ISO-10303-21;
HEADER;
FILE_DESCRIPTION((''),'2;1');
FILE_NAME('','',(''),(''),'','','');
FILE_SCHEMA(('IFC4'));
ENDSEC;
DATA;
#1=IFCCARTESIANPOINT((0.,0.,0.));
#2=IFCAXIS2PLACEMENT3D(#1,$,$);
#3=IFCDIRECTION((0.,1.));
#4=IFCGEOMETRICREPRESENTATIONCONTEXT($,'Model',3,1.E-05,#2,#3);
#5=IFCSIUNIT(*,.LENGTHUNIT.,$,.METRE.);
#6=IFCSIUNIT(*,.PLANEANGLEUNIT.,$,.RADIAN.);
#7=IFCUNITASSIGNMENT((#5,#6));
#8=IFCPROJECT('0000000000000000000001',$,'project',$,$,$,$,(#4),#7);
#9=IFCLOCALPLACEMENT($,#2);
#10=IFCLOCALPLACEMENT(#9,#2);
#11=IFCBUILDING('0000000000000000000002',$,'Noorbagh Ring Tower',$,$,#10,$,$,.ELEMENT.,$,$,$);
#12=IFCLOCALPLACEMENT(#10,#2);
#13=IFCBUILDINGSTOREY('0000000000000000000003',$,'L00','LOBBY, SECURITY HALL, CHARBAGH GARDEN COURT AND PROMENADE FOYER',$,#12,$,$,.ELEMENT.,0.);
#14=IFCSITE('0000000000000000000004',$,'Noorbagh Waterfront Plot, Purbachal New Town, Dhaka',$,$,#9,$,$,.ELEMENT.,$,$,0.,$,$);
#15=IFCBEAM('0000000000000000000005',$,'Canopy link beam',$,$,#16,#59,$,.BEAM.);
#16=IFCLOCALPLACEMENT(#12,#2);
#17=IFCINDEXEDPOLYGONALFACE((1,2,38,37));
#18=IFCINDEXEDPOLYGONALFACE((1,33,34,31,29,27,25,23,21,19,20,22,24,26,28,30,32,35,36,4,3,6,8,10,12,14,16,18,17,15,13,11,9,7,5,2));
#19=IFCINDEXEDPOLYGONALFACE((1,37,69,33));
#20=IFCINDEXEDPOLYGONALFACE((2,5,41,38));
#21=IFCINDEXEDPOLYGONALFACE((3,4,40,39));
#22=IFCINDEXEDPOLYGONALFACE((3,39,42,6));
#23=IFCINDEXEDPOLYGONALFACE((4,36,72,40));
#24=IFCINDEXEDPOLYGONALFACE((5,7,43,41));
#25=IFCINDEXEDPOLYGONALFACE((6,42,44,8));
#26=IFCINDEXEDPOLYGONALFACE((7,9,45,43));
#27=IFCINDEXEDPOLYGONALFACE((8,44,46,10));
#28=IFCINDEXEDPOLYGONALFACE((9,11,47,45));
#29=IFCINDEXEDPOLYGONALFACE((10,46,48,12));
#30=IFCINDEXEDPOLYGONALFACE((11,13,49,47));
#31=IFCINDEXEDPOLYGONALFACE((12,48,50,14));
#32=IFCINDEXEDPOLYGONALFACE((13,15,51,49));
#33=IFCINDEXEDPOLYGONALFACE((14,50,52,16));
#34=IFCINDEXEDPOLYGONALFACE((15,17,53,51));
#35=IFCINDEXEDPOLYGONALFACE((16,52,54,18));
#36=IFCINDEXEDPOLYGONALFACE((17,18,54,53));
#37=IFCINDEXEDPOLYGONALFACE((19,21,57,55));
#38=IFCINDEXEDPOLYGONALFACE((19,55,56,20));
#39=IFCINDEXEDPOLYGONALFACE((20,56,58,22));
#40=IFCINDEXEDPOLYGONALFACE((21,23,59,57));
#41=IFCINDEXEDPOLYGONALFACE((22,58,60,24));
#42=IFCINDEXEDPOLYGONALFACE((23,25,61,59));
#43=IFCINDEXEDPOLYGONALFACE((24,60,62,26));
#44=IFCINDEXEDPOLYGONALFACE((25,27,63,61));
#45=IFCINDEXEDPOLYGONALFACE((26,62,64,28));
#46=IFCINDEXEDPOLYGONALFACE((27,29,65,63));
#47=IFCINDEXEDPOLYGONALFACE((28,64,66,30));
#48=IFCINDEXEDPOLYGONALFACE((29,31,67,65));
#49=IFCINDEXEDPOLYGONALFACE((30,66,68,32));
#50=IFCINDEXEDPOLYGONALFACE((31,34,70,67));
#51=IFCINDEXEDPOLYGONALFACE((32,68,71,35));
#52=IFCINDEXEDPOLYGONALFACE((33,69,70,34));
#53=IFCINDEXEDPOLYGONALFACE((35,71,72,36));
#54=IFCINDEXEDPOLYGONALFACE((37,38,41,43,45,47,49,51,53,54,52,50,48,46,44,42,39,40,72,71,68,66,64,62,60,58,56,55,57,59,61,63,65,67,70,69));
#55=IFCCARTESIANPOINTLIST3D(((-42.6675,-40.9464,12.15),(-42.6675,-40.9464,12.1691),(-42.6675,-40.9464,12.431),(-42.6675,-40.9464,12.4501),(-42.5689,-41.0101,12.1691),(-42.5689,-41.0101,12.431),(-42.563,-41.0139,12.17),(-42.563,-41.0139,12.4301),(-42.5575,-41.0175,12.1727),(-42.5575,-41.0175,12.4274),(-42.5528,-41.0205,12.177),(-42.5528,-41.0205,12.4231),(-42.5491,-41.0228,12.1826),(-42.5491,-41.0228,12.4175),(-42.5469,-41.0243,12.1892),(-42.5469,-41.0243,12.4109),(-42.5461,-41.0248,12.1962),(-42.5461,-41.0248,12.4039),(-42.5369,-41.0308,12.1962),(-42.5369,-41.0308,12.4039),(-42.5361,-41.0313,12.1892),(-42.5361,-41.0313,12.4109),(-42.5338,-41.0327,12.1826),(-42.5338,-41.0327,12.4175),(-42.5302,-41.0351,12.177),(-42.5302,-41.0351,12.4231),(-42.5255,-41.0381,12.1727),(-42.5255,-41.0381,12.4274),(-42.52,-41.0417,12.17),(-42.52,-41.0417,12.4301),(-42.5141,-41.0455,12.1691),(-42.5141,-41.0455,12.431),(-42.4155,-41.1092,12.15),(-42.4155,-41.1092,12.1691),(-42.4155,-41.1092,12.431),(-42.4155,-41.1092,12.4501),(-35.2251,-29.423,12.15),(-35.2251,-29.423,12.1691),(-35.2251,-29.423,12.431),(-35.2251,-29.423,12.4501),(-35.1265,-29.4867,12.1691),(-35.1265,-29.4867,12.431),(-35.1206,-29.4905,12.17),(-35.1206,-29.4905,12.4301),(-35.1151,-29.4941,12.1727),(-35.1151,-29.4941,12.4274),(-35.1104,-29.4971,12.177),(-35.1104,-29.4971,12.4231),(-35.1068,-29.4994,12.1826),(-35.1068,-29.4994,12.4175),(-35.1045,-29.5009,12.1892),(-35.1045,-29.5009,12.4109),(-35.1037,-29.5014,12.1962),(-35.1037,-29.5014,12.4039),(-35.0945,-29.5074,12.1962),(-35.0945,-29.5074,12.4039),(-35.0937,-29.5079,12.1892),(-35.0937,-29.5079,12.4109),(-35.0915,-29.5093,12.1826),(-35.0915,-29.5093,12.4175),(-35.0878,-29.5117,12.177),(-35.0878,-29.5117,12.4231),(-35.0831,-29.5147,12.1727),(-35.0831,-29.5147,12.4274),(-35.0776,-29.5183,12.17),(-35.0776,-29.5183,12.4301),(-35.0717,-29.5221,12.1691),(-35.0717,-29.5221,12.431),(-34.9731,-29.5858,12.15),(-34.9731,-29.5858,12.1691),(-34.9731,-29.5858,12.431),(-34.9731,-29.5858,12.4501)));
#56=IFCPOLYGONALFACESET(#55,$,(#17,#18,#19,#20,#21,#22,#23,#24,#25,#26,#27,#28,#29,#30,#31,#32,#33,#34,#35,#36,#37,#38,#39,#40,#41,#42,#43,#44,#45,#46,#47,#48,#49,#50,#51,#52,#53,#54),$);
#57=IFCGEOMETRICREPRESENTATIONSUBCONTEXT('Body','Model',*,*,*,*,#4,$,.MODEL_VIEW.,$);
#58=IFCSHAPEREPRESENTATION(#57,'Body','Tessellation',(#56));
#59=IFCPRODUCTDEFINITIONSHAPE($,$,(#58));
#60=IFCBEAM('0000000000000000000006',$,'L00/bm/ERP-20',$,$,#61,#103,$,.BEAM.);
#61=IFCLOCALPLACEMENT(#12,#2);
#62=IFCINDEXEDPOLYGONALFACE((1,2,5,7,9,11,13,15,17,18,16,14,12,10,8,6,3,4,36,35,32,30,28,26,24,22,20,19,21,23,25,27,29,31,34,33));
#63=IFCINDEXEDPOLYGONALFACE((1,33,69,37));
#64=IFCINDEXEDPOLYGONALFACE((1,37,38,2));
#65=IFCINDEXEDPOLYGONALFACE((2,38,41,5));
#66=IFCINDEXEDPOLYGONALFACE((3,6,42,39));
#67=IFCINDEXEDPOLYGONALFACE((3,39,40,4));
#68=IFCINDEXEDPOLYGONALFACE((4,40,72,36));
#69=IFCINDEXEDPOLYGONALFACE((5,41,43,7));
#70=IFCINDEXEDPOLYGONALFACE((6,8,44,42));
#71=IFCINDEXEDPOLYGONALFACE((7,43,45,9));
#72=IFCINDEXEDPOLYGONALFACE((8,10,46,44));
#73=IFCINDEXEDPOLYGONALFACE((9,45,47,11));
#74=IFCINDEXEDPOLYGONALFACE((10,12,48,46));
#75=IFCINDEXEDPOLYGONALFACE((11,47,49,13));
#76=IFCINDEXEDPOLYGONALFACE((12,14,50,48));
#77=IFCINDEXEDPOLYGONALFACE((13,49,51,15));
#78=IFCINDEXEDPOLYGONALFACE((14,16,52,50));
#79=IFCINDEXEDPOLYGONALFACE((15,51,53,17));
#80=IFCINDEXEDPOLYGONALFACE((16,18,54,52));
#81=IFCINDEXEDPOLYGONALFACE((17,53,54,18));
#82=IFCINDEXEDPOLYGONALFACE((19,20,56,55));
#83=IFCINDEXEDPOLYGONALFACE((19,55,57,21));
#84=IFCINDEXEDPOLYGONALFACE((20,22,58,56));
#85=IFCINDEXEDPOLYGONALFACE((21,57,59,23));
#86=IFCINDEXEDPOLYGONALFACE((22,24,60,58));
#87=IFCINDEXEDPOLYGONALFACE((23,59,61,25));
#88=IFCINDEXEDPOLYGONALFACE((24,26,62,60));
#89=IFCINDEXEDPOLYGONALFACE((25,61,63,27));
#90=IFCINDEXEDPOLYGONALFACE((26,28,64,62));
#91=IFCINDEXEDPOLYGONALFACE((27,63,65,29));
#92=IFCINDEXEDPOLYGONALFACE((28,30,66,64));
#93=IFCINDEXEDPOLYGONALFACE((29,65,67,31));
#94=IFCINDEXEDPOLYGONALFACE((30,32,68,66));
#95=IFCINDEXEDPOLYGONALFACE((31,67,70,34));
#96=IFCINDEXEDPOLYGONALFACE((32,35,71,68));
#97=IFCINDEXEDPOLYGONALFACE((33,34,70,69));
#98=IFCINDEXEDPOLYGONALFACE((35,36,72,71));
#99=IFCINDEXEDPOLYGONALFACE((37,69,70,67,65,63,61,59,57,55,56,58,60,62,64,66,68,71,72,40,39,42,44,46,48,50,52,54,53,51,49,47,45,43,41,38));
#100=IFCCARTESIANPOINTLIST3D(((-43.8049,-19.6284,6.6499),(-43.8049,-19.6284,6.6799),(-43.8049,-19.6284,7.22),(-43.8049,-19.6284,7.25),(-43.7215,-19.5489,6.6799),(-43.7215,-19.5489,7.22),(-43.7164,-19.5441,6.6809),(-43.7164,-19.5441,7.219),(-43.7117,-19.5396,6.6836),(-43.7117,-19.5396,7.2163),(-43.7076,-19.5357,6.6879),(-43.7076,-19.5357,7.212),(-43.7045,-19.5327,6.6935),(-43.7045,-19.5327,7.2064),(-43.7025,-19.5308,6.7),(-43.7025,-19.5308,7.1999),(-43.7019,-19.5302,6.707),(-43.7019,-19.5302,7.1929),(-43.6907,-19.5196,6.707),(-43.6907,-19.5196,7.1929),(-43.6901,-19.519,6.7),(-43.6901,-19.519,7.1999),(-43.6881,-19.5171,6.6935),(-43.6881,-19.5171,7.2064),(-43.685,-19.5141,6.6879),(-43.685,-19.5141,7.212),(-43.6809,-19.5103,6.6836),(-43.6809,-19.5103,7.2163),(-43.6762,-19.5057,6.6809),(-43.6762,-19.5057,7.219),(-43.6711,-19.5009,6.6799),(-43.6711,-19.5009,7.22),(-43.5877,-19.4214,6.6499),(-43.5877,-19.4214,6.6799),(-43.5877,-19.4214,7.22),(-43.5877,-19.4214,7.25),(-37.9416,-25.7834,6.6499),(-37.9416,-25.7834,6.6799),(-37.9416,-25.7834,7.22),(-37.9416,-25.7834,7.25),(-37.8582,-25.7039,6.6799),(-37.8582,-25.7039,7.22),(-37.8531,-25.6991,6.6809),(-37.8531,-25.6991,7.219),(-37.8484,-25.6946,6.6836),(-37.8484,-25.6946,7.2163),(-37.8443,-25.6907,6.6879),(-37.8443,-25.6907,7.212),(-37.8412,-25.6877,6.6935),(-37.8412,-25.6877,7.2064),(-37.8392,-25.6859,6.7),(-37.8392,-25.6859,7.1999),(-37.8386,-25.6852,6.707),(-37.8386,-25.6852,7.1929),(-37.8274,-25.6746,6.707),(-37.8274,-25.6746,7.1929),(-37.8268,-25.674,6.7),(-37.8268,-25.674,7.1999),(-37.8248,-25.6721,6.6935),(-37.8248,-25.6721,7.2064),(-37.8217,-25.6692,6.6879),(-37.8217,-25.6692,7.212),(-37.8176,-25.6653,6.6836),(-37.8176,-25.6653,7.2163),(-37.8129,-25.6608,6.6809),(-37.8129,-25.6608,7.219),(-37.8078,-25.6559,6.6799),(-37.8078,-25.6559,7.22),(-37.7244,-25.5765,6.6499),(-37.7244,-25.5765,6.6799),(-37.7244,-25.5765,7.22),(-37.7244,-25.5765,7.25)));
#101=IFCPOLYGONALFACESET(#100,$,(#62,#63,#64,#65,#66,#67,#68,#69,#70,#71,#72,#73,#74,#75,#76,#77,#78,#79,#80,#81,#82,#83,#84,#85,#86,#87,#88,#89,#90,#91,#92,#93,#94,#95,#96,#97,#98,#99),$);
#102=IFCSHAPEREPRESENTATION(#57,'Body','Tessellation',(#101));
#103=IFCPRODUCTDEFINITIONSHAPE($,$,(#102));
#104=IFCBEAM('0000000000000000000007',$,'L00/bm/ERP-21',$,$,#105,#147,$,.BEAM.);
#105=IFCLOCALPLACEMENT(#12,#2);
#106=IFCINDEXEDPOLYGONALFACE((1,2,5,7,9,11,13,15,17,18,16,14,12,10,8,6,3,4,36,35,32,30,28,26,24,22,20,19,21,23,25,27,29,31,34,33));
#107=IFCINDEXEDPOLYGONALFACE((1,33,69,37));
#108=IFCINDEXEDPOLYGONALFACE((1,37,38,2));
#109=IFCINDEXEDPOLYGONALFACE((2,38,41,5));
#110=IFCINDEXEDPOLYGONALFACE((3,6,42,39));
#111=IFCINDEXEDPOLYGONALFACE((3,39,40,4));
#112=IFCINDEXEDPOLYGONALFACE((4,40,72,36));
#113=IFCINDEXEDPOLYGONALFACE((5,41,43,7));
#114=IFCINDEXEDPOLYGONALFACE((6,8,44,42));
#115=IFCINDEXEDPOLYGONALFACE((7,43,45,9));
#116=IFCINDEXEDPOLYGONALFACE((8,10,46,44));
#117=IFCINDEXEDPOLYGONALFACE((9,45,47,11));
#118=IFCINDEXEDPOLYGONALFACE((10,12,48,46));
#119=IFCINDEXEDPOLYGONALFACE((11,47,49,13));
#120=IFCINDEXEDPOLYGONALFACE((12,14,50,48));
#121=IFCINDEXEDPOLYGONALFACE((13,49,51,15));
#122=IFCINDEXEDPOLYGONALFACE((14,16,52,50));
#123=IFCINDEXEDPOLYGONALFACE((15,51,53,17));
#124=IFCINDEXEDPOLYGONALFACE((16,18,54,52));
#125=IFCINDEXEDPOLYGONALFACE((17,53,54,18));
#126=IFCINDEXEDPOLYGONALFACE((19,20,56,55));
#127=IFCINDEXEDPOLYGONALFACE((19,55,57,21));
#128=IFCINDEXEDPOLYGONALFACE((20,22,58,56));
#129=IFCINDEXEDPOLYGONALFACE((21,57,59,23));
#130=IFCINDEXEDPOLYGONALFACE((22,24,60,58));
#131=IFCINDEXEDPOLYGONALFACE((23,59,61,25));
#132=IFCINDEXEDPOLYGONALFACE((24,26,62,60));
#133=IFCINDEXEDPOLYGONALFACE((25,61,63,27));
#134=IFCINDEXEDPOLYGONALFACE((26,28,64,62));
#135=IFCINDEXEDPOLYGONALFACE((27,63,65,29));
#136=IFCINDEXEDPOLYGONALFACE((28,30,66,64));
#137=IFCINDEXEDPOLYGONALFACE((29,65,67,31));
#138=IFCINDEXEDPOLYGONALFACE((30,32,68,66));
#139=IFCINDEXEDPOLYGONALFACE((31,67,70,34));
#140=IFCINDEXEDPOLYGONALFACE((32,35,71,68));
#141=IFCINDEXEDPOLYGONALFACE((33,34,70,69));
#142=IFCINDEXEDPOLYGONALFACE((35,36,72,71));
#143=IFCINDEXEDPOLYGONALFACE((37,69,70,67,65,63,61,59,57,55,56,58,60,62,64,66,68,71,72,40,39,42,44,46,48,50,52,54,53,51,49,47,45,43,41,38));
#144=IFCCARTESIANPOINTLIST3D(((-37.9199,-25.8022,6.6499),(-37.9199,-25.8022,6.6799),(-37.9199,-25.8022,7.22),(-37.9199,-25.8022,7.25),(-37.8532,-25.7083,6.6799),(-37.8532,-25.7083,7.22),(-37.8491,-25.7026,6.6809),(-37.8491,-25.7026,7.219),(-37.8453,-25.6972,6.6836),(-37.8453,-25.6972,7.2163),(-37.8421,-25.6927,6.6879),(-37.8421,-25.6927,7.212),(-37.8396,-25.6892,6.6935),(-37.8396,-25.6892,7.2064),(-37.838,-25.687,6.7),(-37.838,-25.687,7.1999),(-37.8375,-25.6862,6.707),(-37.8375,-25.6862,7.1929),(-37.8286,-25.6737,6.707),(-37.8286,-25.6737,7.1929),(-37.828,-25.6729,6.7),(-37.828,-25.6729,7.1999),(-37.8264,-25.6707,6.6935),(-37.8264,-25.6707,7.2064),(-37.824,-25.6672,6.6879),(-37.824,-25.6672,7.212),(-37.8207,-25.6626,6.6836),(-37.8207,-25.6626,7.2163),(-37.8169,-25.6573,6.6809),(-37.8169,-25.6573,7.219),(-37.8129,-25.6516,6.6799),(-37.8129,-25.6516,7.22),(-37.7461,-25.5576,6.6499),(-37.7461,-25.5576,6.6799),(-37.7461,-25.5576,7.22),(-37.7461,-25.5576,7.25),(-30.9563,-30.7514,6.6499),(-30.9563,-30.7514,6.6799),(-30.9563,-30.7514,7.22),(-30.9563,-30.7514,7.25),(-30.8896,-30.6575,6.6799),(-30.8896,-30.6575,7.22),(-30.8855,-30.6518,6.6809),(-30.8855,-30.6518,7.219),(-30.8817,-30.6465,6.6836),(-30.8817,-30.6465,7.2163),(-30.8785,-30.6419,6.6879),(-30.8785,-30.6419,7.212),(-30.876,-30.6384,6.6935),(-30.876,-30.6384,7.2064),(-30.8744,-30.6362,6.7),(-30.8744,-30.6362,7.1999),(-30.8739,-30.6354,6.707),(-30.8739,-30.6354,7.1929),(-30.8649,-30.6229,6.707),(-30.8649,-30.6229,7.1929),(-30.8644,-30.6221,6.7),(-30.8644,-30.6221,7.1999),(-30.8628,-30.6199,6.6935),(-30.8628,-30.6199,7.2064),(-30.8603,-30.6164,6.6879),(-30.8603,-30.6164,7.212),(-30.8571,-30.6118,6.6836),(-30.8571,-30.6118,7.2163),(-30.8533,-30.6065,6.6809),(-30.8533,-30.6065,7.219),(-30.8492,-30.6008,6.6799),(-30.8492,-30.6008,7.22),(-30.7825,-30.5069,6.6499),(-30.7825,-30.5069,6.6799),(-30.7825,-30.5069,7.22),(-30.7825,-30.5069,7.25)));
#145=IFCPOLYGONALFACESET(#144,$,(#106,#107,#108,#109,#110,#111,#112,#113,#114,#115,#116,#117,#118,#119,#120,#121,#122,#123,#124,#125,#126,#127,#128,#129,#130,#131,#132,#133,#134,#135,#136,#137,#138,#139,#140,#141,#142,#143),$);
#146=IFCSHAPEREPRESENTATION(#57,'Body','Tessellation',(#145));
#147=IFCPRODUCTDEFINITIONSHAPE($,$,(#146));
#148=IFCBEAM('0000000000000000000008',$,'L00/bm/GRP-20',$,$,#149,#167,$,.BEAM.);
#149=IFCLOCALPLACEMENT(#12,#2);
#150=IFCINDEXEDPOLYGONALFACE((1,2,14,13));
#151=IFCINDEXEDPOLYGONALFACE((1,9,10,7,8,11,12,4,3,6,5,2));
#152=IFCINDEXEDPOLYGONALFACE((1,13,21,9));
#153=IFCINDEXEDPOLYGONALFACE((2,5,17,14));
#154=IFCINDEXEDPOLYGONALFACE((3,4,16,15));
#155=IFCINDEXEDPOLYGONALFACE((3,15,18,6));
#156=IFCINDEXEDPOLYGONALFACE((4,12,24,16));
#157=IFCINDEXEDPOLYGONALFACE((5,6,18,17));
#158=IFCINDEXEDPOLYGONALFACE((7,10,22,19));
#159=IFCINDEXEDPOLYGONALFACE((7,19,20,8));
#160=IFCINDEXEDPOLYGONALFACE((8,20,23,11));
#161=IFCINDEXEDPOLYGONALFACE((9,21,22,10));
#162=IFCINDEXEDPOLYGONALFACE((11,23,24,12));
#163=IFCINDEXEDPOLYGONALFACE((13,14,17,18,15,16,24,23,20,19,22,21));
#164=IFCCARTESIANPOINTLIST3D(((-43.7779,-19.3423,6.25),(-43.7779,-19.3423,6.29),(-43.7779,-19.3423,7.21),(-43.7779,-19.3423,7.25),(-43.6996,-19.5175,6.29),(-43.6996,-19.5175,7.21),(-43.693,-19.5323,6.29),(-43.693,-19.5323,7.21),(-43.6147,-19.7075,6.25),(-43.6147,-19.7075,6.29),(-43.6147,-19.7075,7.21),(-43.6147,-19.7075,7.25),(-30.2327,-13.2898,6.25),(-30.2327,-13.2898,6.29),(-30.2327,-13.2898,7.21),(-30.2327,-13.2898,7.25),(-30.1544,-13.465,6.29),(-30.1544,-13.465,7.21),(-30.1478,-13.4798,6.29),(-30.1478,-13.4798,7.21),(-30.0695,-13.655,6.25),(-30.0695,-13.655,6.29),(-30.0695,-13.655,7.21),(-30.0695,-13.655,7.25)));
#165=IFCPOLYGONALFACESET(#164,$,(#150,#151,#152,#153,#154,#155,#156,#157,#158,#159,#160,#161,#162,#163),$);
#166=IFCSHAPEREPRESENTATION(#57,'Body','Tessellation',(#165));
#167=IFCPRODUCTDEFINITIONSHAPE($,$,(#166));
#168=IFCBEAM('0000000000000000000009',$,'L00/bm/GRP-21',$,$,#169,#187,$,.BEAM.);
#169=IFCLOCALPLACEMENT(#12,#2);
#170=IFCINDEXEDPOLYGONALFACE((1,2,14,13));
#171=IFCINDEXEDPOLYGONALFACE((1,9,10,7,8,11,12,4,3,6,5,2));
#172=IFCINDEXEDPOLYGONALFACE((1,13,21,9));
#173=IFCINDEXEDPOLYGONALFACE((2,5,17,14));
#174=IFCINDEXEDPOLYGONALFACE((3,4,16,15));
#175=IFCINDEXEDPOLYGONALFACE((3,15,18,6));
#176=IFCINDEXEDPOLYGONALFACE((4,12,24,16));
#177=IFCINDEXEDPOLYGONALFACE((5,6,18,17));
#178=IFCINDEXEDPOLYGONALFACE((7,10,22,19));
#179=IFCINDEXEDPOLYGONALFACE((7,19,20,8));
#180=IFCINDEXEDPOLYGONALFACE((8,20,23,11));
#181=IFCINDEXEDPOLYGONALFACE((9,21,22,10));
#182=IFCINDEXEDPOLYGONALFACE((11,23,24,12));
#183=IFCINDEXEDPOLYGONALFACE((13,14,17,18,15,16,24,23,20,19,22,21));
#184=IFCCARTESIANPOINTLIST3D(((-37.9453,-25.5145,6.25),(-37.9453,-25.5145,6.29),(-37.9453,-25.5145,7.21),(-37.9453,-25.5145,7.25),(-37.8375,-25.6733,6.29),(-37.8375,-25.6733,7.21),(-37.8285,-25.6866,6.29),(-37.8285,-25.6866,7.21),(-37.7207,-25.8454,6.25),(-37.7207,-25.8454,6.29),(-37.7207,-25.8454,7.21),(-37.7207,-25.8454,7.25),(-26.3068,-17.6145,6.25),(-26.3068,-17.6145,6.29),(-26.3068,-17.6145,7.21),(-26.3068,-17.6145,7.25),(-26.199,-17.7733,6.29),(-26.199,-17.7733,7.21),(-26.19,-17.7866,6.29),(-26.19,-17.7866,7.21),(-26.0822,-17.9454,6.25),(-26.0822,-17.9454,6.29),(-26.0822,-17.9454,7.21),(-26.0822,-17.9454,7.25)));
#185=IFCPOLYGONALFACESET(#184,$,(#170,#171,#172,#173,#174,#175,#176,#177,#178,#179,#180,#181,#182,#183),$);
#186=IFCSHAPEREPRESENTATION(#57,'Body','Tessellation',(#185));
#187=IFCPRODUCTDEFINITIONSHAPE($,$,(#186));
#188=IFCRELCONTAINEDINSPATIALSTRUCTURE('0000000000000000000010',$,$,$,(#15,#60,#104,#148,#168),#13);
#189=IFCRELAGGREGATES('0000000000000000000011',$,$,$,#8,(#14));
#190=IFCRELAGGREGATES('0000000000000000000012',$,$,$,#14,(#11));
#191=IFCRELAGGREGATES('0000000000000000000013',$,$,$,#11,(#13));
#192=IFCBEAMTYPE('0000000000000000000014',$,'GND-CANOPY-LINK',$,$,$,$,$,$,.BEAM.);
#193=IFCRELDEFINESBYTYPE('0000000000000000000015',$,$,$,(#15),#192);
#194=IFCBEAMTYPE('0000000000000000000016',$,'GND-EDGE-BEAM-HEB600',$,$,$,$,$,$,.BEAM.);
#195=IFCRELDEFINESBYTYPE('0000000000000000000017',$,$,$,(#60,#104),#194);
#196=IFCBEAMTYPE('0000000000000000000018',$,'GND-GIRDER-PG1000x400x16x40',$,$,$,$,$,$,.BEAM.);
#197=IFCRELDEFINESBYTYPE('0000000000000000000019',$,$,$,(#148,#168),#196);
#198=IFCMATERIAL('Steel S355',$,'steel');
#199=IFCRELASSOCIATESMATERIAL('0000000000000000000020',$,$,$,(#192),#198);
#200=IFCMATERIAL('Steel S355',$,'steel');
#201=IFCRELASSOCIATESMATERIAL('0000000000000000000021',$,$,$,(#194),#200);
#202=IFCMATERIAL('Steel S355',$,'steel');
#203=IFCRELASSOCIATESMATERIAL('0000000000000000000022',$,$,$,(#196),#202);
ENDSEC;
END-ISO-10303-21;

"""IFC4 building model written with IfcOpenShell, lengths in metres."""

from ifc_helpers import new_model, si_unit, direction, frame, origin, origin_2d, place, context, subcontext, project, spatial, i_section, extrude, material, material_profile, profile_set, type_object, element, save


model = new_model("IFC4")

# Units and contexts
model_context = context("Model", 3, precision=1e-05, world=origin(), true_north=direction((0.0, 1.0)))
body_context = subcontext(model_context, "Body", "Model", "MODEL_VIEW")
ifc_project = project(units=[si_unit("LENGTHUNIT", "METRE"), si_unit("PLANEANGLEUNIT", "RADIAN")], contexts=[model_context])

# Site, building, storey
site_placement = place(None, origin())
site = spatial("IfcSite", under=ifc_project, at=site_placement, Name="Noorbagh Waterfront Plot, Purbachal New Town, Dhaka", CompositionType="ELEMENT", RefElevation=0.0)
building_placement = place(site_placement, origin())
building = spatial("IfcBuilding", under=site, at=building_placement, Name="Noorbagh Ring Tower", CompositionType="ELEMENT")
storey_placement = place(building_placement, origin())
storey = spatial("IfcBuildingStorey", under=building, at=storey_placement, Name="L00", Description="LOBBY, SECURITY HALL, CHARBAGH GARDEN COURT AND PROMENADE FOYER", CompositionType="ELEMENT", Elevation=0.0)

# Beams
ifc_material_1 = material(Name="Steel S355", Category="steel")
ifc_material_profile_1 = material_profile(ifc_material_1, i_section(OverallWidth=0.3, OverallDepth=0.3, WebThickness=0.011, FlangeThickness=0.019, FilletRadius=0.0271, at=origin_2d()), Name="HEB300")
ifc_profile_set_1 = profile_set([ifc_material_profile_1], Name="Steel S355")
beam_type_1 = type_object("IfcBeamType", Name="GND-CANOPY-LINK", PredefinedType="BEAM", material=ifc_profile_set_1)
beam_1_placement = place(storey_placement, frame((-35.0991, -29.5044, 12.3), z_axis=(-0.542534, -0.840034, 0.0), x_axis=(0.840034, -0.542534, 0.0)))
element("IfcBeam", 1, at=beam_1_placement, inside=storey, type_object=beam_type_1, Name="Canopy link beam", PredefinedType="BEAM", context=body_context, shape_type="SweptSolid", body=[
    extrude(i_section(OverallWidth=0.3, OverallDepth=0.3, WebThickness=0.011, FlangeThickness=0.019, FilletRadius=0.0271, at=origin_2d()), origin(), (0.0, 0.0, 1.0), 13.7178),
])
ifc_material_2 = material(Name="Steel S355", Category="steel")
ifc_material_profile_2 = material_profile(ifc_material_2, i_section(OverallWidth=0.3, OverallDepth=0.6001, WebThickness=0.0154, FlangeThickness=0.03, FilletRadius=0.0271, at=origin_2d()), Name="HEB600")
ifc_profile_set_2 = profile_set([ifc_material_profile_2], Name="Steel S355")
beam_type_2 = type_object("IfcBeamType", Name="GND-EDGE-BEAM-HEB600", PredefinedType="BEAM", material=ifc_profile_set_2)
beam_2_placement = place(storey_placement, frame((-43.6963, -19.5249, 6.95), z_axis=(0.689738, -0.724059, 0.0), x_axis=(0.724059, 0.689738, 0.0)))
element("IfcBeam", 2, at=beam_2_placement, inside=storey, type_object=beam_type_2, Name="L00/bm/ERP-20", PredefinedType="BEAM", context=body_context, shape_type="SweptSolid", body=[
    extrude(i_section(OverallWidth=0.3, OverallDepth=0.6001, WebThickness=0.0154, FlangeThickness=0.03, FilletRadius=0.0271, at=origin_2d()), origin(), (0.0, 0.0, 1.0), 8.5007),
])
beam_3_placement = place(storey_placement, frame((-37.833, -25.6799, 6.95), z_axis=(0.815104, -0.579315, 0.0), x_axis=(0.579315, 0.815104, 0.0)))
element("IfcBeam", 3, at=beam_3_placement, inside=storey, type_object=beam_type_2, Name="L00/bm/ERP-21", PredefinedType="BEAM", context=body_context, shape_type="SweptSolid", body=[
    extrude(i_section(OverallWidth=0.3, OverallDepth=0.6001, WebThickness=0.0154, FlangeThickness=0.03, FilletRadius=0.0271, at=origin_2d()), origin(), (0.0, 0.0, 1.0), 8.5432),
])
ifc_material_3 = material(Name="Steel S355", Category="steel")
ifc_material_profile_3 = material_profile(ifc_material_3, i_section(OverallWidth=0.3999, OverallDepth=1.0, WebThickness=0.0161, FlangeThickness=0.04, at=origin_2d()), Name="PG1000x400x16x40")
ifc_profile_set_3 = profile_set([ifc_material_profile_3], Name="Steel S355")
beam_type_3 = type_object("IfcBeamType", Name="GND-GIRDER-PG1000x400x16x40", PredefinedType="BEAM", material=ifc_profile_set_3)
beam_4_placement = place(storey_placement, frame((-43.6963, -19.5249, 6.75), z_axis=(0.912999, 0.407962, 0.0), x_axis=(-0.407962, 0.912999, 0.0)))
element("IfcBeam", 4, at=beam_4_placement, inside=storey, type_object=beam_type_3, Name="L00/bm/GRP-20", PredefinedType="BEAM", context=body_context, shape_type="SweptSolid", body=[
    extrude(i_section(OverallWidth=0.3999, OverallDepth=1.0, WebThickness=0.0161, FlangeThickness=0.04, at=origin_2d()), origin(), (0.0, 0.0, 1.0), 14.8359),
])
beam_5_placement = place(storey_placement, frame((-37.833, -25.6799, 6.75), z_axis=(0.827397, 0.561618, 0.0), x_axis=(-0.561618, 0.827397, 0.0)))
element("IfcBeam", 5, at=beam_5_placement, inside=storey, type_object=beam_type_3, Name="L00/bm/GRP-21", PredefinedType="BEAM", context=body_context, shape_type="SweptSolid", body=[
    extrude(i_section(OverallWidth=0.3999, OverallDepth=1.0, WebThickness=0.0161, FlangeThickness=0.04, at=origin_2d()), origin(), (0.0, 0.0, 1.0), 14.0664),
])

save(model, "model.ifc")
